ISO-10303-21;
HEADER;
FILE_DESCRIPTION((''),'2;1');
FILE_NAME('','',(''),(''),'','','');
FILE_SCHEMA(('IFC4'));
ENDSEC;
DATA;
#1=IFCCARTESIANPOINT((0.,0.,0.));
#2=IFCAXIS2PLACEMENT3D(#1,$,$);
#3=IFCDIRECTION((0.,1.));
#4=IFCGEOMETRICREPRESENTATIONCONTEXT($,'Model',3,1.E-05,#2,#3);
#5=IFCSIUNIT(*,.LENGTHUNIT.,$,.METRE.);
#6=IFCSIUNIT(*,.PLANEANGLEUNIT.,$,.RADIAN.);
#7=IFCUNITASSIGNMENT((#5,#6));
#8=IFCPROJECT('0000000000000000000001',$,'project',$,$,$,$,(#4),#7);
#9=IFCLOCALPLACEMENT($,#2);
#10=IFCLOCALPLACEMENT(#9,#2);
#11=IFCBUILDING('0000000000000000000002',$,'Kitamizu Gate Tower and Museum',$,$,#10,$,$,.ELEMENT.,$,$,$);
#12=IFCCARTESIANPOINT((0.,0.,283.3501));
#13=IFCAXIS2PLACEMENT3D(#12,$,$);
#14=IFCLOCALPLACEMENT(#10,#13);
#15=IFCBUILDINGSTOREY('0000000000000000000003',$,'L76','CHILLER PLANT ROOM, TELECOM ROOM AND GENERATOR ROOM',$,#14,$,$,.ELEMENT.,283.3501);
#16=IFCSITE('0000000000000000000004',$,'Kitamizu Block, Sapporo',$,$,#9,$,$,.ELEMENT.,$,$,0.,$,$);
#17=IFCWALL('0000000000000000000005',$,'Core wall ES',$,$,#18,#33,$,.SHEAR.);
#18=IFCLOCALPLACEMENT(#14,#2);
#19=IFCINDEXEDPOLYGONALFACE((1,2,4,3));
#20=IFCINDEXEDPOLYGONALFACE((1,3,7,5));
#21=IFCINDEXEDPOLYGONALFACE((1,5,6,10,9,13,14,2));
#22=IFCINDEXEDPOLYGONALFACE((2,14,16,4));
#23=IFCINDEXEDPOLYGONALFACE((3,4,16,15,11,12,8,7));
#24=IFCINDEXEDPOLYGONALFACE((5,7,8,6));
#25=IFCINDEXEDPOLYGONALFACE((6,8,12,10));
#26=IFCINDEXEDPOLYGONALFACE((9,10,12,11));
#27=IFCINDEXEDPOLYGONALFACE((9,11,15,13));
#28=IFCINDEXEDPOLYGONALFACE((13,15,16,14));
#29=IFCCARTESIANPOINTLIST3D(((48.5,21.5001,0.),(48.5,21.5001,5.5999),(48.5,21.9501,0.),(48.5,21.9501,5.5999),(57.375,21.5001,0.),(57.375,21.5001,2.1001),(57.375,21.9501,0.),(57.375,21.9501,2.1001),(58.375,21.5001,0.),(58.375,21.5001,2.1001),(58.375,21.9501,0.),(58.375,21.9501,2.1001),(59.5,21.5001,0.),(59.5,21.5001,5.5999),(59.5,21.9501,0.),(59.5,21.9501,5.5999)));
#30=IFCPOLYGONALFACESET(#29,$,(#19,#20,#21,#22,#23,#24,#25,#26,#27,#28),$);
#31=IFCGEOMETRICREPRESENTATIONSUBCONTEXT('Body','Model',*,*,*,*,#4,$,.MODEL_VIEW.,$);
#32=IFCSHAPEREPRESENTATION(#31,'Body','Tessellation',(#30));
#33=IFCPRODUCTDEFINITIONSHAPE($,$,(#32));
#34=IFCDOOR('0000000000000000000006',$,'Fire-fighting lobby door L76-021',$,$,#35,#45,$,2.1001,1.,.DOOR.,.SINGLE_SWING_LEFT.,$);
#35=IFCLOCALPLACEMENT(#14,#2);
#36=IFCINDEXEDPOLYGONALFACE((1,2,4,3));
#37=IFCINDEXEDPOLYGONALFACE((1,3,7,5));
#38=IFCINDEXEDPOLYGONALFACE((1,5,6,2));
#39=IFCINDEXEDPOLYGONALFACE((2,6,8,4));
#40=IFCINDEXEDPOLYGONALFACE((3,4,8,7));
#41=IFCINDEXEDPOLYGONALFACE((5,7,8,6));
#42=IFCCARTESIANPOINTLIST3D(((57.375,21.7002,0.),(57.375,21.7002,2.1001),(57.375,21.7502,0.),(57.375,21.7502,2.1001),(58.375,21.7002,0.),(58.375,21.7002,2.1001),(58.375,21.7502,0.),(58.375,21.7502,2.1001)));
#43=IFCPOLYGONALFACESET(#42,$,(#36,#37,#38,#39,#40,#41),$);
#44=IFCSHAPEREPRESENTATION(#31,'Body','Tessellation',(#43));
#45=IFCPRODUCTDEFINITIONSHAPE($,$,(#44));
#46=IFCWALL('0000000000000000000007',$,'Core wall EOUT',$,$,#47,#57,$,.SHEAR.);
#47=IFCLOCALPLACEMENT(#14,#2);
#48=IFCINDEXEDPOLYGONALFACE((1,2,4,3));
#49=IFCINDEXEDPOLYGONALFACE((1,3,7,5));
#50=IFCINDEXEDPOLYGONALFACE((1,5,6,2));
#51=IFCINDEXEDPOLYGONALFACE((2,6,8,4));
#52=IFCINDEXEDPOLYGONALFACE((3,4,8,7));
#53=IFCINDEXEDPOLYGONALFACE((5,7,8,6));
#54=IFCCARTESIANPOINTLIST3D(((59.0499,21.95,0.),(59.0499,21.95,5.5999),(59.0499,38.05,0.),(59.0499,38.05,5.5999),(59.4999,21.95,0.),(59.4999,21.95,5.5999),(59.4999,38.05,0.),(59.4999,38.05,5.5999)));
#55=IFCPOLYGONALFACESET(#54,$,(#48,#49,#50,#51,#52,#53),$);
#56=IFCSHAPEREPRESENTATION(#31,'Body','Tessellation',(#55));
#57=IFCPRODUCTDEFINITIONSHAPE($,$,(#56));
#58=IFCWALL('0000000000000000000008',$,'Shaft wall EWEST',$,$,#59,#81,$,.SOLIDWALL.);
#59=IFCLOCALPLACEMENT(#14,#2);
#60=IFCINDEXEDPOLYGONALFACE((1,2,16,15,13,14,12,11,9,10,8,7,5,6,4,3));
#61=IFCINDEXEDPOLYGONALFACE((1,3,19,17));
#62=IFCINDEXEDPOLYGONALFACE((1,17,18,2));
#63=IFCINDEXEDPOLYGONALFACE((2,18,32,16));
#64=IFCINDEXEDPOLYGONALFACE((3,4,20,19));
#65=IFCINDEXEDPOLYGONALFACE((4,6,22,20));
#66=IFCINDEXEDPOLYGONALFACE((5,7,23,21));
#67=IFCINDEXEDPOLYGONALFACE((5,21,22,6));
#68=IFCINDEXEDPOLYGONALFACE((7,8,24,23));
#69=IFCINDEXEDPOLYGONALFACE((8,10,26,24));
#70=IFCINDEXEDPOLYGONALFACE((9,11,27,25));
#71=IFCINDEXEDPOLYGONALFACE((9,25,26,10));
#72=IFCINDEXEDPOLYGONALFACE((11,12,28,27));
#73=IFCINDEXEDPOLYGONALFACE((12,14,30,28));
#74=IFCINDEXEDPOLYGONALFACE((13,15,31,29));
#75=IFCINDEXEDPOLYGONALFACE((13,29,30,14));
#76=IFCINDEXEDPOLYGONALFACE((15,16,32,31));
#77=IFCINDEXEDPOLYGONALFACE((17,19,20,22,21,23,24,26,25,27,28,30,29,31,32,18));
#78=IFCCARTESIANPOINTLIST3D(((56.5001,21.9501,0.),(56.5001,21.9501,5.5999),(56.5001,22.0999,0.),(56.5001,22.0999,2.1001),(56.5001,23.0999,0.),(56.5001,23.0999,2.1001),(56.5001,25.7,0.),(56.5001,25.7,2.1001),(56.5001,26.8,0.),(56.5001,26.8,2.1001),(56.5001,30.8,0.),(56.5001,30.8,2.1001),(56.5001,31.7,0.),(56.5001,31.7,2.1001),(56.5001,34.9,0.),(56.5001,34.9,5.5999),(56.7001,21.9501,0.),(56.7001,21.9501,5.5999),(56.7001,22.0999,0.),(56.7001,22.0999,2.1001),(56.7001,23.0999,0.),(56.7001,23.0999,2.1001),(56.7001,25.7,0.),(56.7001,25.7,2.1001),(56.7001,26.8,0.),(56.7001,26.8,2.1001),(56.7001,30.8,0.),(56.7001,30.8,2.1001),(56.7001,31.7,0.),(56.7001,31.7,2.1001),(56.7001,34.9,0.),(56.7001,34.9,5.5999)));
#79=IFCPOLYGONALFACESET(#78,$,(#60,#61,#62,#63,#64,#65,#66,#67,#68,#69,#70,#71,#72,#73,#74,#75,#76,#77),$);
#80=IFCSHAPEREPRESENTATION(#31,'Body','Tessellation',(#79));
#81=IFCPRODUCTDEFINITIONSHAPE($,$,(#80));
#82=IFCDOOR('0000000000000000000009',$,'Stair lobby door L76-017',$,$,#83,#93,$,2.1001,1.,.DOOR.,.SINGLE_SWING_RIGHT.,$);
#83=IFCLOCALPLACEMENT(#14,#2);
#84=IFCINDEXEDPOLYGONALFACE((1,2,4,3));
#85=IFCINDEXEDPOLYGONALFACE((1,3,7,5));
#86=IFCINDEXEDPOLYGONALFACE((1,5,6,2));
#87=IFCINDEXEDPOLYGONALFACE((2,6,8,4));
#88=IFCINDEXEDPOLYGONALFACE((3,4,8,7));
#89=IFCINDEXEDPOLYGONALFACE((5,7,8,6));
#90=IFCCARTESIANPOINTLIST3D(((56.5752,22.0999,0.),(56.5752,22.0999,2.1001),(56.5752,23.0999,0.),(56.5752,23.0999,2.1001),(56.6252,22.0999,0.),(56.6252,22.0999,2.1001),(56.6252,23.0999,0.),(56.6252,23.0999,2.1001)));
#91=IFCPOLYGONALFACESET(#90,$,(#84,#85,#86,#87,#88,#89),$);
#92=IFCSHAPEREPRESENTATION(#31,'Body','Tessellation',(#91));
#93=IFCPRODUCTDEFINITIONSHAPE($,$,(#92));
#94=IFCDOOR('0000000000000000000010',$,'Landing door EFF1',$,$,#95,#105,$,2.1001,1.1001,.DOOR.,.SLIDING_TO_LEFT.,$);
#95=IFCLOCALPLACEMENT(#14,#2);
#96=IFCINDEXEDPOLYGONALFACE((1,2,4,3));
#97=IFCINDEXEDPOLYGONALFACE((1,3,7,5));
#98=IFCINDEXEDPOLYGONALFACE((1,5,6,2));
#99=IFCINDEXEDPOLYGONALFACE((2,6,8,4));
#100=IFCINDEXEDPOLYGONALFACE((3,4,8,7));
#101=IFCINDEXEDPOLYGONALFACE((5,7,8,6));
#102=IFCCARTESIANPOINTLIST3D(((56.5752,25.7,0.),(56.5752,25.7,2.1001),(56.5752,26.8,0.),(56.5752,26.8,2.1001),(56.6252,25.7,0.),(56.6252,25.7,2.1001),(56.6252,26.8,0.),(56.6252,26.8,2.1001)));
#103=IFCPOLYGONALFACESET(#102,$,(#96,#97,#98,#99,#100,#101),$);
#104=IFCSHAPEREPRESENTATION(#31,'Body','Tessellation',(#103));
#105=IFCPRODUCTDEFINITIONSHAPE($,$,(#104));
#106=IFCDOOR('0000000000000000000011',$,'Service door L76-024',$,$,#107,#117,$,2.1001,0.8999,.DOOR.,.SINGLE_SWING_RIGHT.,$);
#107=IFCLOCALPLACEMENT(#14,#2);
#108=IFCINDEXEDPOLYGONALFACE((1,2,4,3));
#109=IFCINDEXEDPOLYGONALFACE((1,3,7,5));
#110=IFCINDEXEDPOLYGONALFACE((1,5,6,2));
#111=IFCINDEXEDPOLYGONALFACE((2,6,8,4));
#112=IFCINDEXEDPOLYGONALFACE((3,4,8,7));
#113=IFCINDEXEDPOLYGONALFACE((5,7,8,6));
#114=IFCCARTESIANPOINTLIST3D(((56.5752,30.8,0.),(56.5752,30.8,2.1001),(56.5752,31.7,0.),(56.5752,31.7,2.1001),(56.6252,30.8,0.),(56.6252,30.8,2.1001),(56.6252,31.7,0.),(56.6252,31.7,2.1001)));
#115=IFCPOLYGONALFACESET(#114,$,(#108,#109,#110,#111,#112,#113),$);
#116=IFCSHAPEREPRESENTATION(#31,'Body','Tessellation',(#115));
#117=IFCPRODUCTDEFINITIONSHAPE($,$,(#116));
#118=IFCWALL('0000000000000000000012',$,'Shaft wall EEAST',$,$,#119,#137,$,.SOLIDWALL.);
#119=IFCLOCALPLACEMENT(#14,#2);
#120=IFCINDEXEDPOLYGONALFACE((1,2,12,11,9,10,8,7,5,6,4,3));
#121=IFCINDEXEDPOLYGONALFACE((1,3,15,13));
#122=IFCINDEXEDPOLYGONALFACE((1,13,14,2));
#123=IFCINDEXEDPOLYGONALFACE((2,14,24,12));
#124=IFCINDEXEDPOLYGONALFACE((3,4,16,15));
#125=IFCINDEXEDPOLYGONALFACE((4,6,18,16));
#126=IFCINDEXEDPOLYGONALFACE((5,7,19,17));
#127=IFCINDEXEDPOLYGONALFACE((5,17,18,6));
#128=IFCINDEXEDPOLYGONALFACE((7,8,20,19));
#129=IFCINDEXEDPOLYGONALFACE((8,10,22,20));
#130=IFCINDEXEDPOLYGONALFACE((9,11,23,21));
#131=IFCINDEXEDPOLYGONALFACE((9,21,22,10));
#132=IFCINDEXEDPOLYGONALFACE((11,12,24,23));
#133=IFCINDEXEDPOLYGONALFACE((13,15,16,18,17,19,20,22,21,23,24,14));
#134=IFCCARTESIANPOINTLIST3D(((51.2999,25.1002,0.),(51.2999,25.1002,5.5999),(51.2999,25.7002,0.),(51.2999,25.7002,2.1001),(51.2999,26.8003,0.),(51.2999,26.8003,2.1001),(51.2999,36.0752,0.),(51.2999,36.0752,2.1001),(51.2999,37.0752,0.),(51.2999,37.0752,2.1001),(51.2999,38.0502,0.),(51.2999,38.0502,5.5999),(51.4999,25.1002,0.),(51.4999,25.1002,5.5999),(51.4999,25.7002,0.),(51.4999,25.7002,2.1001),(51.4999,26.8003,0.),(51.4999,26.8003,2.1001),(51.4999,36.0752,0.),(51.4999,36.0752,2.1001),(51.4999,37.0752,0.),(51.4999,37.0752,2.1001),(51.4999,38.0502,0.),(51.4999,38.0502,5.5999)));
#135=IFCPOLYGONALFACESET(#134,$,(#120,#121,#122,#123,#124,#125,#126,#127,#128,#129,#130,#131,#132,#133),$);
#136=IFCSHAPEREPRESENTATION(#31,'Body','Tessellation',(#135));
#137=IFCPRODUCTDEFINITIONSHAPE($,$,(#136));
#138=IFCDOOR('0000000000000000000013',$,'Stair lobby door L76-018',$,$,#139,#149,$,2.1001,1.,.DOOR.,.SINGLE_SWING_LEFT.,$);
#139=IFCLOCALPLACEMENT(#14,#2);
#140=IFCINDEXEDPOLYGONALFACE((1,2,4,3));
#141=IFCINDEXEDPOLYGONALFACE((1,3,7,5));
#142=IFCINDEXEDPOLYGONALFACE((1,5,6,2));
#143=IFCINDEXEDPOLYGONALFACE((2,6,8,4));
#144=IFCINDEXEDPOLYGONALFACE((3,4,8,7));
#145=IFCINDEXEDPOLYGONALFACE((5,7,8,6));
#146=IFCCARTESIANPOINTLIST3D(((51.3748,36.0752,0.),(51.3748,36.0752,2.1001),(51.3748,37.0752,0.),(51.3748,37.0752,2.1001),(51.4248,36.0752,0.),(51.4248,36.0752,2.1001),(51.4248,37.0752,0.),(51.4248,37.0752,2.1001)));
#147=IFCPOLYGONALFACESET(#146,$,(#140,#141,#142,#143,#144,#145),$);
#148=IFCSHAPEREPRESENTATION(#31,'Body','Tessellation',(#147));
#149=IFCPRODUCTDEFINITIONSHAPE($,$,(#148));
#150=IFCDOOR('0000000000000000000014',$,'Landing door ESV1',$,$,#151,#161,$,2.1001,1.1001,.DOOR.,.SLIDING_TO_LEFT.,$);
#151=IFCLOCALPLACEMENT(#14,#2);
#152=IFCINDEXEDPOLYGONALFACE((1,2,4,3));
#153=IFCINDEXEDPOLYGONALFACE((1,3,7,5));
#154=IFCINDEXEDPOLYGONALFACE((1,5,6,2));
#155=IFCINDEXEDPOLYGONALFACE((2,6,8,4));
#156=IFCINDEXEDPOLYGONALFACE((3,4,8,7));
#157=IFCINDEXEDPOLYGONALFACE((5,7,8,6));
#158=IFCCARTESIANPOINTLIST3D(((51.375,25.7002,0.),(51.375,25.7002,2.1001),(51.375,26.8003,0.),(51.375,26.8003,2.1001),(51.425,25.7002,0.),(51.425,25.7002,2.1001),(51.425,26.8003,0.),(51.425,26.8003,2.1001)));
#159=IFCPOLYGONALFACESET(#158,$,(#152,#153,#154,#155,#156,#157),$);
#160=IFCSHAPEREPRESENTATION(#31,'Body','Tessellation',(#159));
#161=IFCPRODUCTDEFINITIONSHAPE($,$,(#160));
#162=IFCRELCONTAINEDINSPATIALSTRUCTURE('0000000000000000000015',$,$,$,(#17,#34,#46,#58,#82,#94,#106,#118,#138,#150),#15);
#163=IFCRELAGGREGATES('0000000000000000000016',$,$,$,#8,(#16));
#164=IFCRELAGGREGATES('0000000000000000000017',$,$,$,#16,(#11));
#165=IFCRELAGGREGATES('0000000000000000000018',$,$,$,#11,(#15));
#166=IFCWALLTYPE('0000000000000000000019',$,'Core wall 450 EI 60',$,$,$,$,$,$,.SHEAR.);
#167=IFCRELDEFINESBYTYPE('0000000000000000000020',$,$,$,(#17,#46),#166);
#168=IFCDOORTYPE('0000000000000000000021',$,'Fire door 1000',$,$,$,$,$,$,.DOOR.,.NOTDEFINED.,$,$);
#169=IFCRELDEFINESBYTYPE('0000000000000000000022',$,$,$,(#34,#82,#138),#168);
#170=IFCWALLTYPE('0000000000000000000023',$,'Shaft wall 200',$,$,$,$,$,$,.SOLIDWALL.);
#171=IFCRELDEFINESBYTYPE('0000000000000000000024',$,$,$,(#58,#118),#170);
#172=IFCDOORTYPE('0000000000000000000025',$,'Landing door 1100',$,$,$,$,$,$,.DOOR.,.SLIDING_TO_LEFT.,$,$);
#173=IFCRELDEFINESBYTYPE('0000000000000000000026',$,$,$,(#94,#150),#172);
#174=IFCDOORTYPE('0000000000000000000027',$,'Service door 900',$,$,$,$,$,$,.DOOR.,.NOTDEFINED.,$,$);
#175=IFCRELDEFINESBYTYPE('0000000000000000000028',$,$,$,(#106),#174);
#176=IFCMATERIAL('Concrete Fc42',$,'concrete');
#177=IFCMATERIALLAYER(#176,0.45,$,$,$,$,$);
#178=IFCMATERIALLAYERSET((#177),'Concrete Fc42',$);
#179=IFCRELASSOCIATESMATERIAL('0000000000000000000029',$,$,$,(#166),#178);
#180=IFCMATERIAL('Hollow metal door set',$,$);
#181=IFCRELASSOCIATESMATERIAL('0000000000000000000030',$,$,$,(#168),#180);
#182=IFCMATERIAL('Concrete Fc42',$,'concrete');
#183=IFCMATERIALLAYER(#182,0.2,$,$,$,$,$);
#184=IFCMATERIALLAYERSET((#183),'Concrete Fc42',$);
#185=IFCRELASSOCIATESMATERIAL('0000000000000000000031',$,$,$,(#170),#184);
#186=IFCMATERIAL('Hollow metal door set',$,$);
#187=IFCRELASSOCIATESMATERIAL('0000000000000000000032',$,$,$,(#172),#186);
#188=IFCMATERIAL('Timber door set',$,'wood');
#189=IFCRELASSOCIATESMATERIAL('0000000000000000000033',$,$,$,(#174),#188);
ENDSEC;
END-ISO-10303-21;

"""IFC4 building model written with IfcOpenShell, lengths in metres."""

from ifc_helpers import new_model, si_unit, direction, frame, frame_2d, origin, place, context, subcontext, project, spatial, rectangle, extrude, material, layer, layer_set, type_object, element, fill, save


model = new_model("IFC4")

# Units and contexts
model_context = context("Model", 3, precision=1e-05, world=origin(), true_north=direction((0.0, 1.0)))
body_context = subcontext(model_context, "Body", "Model", "MODEL_VIEW")
ifc_project = project(units=[si_unit("LENGTHUNIT", "METRE"), si_unit("PLANEANGLEUNIT", "RADIAN")], contexts=[model_context])

# Site, building, storey
site_placement = place(None, origin())
site = spatial("IfcSite", under=ifc_project, at=site_placement, Name="Kitamizu Block, Sapporo", CompositionType="ELEMENT", RefElevation=0.0)
building_placement = place(site_placement, origin())
building = spatial("IfcBuilding", under=site, at=building_placement, Name="Kitamizu Gate Tower and Museum", CompositionType="ELEMENT")
storey_placement = place(building_placement, frame((0.0, 0.0, 283.3501)))
storey = spatial("IfcBuildingStorey", under=building, at=storey_placement, Name="L76", Description="CHILLER PLANT ROOM, TELECOM ROOM AND GENERATOR ROOM", CompositionType="ELEMENT", Elevation=283.3501)

# Wall, opening, door
ifc_material_1 = material(Name="Concrete Fc42", Category="concrete")
ifc_layer_1 = layer(ifc_material_1, 0.45)
ifc_layer_set_1 = layer_set([ifc_layer_1], Name="Concrete Fc42")
wall_type_1 = type_object("IfcWallType", Name="Core wall 450 EI 60", PredefinedType="SHEAR", material=ifc_layer_set_1)
wall_1_placement = place(storey_placement, frame((59.5, 21.7251, 0.0), z_axis=(0.0, 0.0, 1.0), x_axis=(-1.0, 0.0, 0.0)))
wall_1 = element("IfcWall", 1, at=wall_1_placement, inside=storey, type_object=wall_type_1, Name="Core wall ES", PredefinedType="SHEAR", context=body_context, shape_type="SweptSolid", body=[
    extrude(rectangle(XDim=11.0, YDim=0.45, at=frame_2d((5.5, 0.0))), origin(), (0.0, 0.0, 1.0), 5.5999),
])
opening_1_placement = place(wall_1_placement, frame((1.125, 0.0, 0.0)))
opening_1 = element("IfcOpeningElement", 2, at=opening_1_placement, cuts=wall_1, PredefinedType="OPENING", context=body_context, shape_type="SweptSolid", body=[
    extrude(rectangle(XDim=1.0, YDim=2.1001, at=frame_2d((0.5, 1.05))), frame((0.0, 0.2349, 0.0), z_axis=(0.0, -1.0, 0.0), x_axis=(1.0, 0.0, 0.0)), (0.0, 0.0, 1.0), 0.47),
])
ifc_material_2 = material(Name="Hollow metal door set")
door_type_1 = type_object("IfcDoorType", Name="Fire door 1000", OperationType="NOTDEFINED", PredefinedType="DOOR", material=ifc_material_2)
door_1_placement = place(opening_1_placement, origin())
door_1 = element("IfcDoor", 3, at=door_1_placement, inside=storey, type_object=door_type_1, Name="Fire-fighting lobby door L76-021", OperationType="SINGLE_SWING_LEFT", OverallHeight=2.1001, OverallWidth=1.0, PredefinedType="DOOR", context=body_context, shape_type="SweptSolid", body=[
    extrude(rectangle(XDim=1.0, YDim=2.1001, at=frame_2d((0.5, 1.05))), frame((0.0, 0.0249, 0.0), z_axis=(0.0, -1.0, 0.0), x_axis=(1.0, 0.0, 0.0)), (0.0, 0.0, 1.0), 0.05),
])
fill(opening_1, door_1)

# Wall
wall_2_placement = place(storey_placement, frame((59.2749, 21.95, 0.0), z_axis=(0.0, 0.0, 1.0), x_axis=(0.0, 1.0, 0.0)))
element("IfcWall", 4, at=wall_2_placement, inside=storey, type_object=wall_type_1, Name="Core wall EOUT", PredefinedType="SHEAR", context=body_context, shape_type="SweptSolid", body=[
    extrude(rectangle(XDim=16.1001, YDim=0.45, at=frame_2d((8.05, 0.0))), origin(), (0.0, 0.0, 1.0), 5.5999),
])

# Walls, openings, doors
ifc_material_3 = material(Name="Concrete Fc42", Category="concrete")
ifc_layer_2 = layer(ifc_material_3, 0.2)
ifc_layer_set_2 = layer_set([ifc_layer_2], Name="Concrete Fc42")
wall_type_2 = type_object("IfcWallType", Name="Shaft wall 200", PredefinedType="SOLIDWALL", material=ifc_layer_set_2)
wall_3_placement = place(storey_placement, frame((56.6001, 21.95, 0.0), z_axis=(0.0, 0.0, 1.0), x_axis=(0.0, 1.0, 0.0)))
wall_3 = element("IfcWall", 5, at=wall_3_placement, inside=storey, type_object=wall_type_2, Name="Shaft wall EWEST", PredefinedType="SOLIDWALL", context=body_context, shape_type="SweptSolid", body=[
    extrude(rectangle(XDim=12.95, YDim=0.2, at=frame_2d((6.4751, 0.0))), origin(), (0.0, 0.0, 1.0), 5.5999),
])
opening_2_placement = place(wall_3_placement, frame((3.75, 0.0, 0.0)))
opening_2 = element("IfcOpeningElement", 6, at=opening_2_placement, cuts=wall_3, PredefinedType="OPENING", context=body_context, shape_type="SweptSolid", body=[
    extrude(rectangle(XDim=1.1001, YDim=2.1001, at=frame_2d((0.55, 1.05))), frame((0.0, 0.1099, 0.0), z_axis=(0.0, -1.0, 0.0), x_axis=(1.0, 0.0, 0.0)), (0.0, 0.0, 1.0), 0.22),
])
opening_3_placement = place(wall_3_placement, frame((0.1499, 0.0, 0.0)))
opening_3 = element("IfcOpeningElement", 7, at=opening_3_placement, cuts=wall_3, PredefinedType="OPENING", context=body_context, shape_type="SweptSolid", body=[
    extrude(rectangle(XDim=1.0, YDim=2.1001, at=frame_2d((0.5, 1.05))), frame((0.0, 0.1099, 0.0), z_axis=(0.0, -1.0, 0.0), x_axis=(1.0, 0.0, 0.0)), (0.0, 0.0, 1.0), 0.22),
])
opening_4_placement = place(wall_3_placement, frame((8.8501, 0.0, 0.0)))
opening_4 = element("IfcOpeningElement", 8, at=opening_4_placement, cuts=wall_3, PredefinedType="OPENING", context=body_context, shape_type="SweptSolid", body=[
    extrude(rectangle(XDim=0.8999, YDim=2.1001, at=frame_2d((0.45, 1.05))), frame((0.0, 0.1099, 0.0), z_axis=(0.0, -1.0, 0.0), x_axis=(1.0, 0.0, 0.0)), (0.0, 0.0, 1.0), 0.22),
])
door_2_placement = place(opening_3_placement, origin())
door_2 = element("IfcDoor", 9, at=door_2_placement, inside=storey, type_object=door_type_1, Name="Stair lobby door L76-017", OperationType="SINGLE_SWING_RIGHT", OverallHeight=2.1001, OverallWidth=1.0, PredefinedType="DOOR", context=body_context, shape_type="SweptSolid", body=[
    extrude(rectangle(XDim=1.0, YDim=2.1001, at=frame_2d((0.5, 1.05))), frame((0.0, 0.0249, 0.0), z_axis=(0.0, -1.0, 0.0), x_axis=(1.0, 0.0, 0.0)), (0.0, 0.0, 1.0), 0.05),
])
fill(opening_3, door_2)
ifc_material_4 = material(Name="Hollow metal door set")
door_type_2 = type_object("IfcDoorType", Name="Landing door 1100", OperationType="SLIDING_TO_LEFT", PredefinedType="DOOR", material=ifc_material_4)
door_3_placement = place(opening_2_placement, origin())
door_3 = element("IfcDoor", 10, at=door_3_placement, inside=storey, type_object=door_type_2, Name="Landing door EFF1", OperationType="SLIDING_TO_LEFT", OverallHeight=2.1001, OverallWidth=1.1001, PredefinedType="DOOR", context=body_context, shape_type="SweptSolid", body=[
    extrude(rectangle(XDim=1.1001, YDim=2.1001, at=frame_2d((0.55, 1.05))), frame((0.0, 0.0249, 0.0), z_axis=(0.0, -1.0, 0.0), x_axis=(1.0, 0.0, 0.0)), (0.0, 0.0, 1.0), 0.05),
])
fill(opening_2, door_3)
ifc_material_5 = material(Name="Timber door set", Category="wood")
door_type_3 = type_object("IfcDoorType", Name="Service door 900", OperationType="NOTDEFINED", PredefinedType="DOOR", material=ifc_material_5)
door_4_placement = place(opening_4_placement, origin())
door_4 = element("IfcDoor", 11, at=door_4_placement, inside=storey, type_object=door_type_3, Name="Service door L76-024", OperationType="SINGLE_SWING_RIGHT", OverallHeight=2.1001, OverallWidth=0.8999, PredefinedType="DOOR", context=body_context, shape_type="SweptSolid", body=[
    extrude(rectangle(XDim=0.8999, YDim=2.1001, at=frame_2d((0.45, 1.05))), frame((0.0, 0.0249, 0.0), z_axis=(0.0, -1.0, 0.0), x_axis=(1.0, 0.0, 0.0)), (0.0, 0.0, 1.0), 0.05),
])
fill(opening_4, door_4)
wall_4_placement = place(storey_placement, frame((51.3999, 25.1001, 0.0), z_axis=(0.0, 0.0, 1.0), x_axis=(0.0, 1.0, 0.0)))
wall_4 = element("IfcWall", 12, at=wall_4_placement, inside=storey, type_object=wall_type_2, Name="Shaft wall EEAST", PredefinedType="SOLIDWALL", context=body_context, shape_type="SweptSolid", body=[
    extrude(rectangle(XDim=12.95, YDim=0.2, at=frame_2d((6.4751, 0.0))), origin(), (0.0, 0.0, 1.0), 5.5999),
])
opening_5_placement = place(wall_4_placement, frame((0.6001, 0.0, 0.0)))
opening_5 = element("IfcOpeningElement", 13, at=opening_5_placement, cuts=wall_4, PredefinedType="OPENING", context=body_context, shape_type="SweptSolid", body=[
    extrude(rectangle(XDim=1.1001, YDim=2.1001, at=frame_2d((0.55, 1.05))), frame((0.0, 0.1099, 0.0), z_axis=(0.0, -1.0, 0.0), x_axis=(1.0, 0.0, 0.0)), (0.0, 0.0, 1.0), 0.22),
])
opening_6_placement = place(wall_4_placement, frame((10.9751, 0.0, 0.0)))
opening_6 = element("IfcOpeningElement", 14, at=opening_6_placement, cuts=wall_4, PredefinedType="OPENING", context=body_context, shape_type="SweptSolid", body=[
    extrude(rectangle(XDim=1.0, YDim=2.1001, at=frame_2d((0.5, 1.05))), frame((0.0, 0.1099, 0.0), z_axis=(0.0, -1.0, 0.0), x_axis=(1.0, 0.0, 0.0)), (0.0, 0.0, 1.0), 0.22),
])
door_5_placement = place(opening_6_placement, frame((1.0, 0.0, 0.0), x_axis=(-1.0, 0.0, 0.0)))
door_5 = element("IfcDoor", 15, at=door_5_placement, inside=storey, type_object=door_type_1, Name="Stair lobby door L76-018", OperationType="SINGLE_SWING_LEFT", OverallHeight=2.1001, OverallWidth=1.0, PredefinedType="DOOR", context=body_context, shape_type="SweptSolid", body=[
    extrude(rectangle(XDim=1.0, YDim=2.1001, at=frame_2d((0.5, 1.05))), frame((0.0, 0.0249, 0.0), z_axis=(0.0, -1.0, 0.0), x_axis=(1.0, 0.0, 0.0)), (0.0, 0.0, 1.0), 0.05),
])
fill(opening_6, door_5)
door_6_placement = place(opening_5_placement, origin())
door_6 = element("IfcDoor", 16, at=door_6_placement, inside=storey, type_object=door_type_2, Name="Landing door ESV1", OperationType="SLIDING_TO_LEFT", OverallHeight=2.1001, OverallWidth=1.1001, PredefinedType="DOOR", context=body_context, shape_type="SweptSolid", body=[
    extrude(rectangle(XDim=1.1001, YDim=2.1001, at=frame_2d((0.55, 1.05))), frame((0.0, 0.0249, 0.0), z_axis=(0.0, -1.0, 0.0), x_axis=(1.0, 0.0, 0.0)), (0.0, 0.0, 1.0), 0.05),
])
fill(opening_5, door_6)

save(model, "model.ifc")
